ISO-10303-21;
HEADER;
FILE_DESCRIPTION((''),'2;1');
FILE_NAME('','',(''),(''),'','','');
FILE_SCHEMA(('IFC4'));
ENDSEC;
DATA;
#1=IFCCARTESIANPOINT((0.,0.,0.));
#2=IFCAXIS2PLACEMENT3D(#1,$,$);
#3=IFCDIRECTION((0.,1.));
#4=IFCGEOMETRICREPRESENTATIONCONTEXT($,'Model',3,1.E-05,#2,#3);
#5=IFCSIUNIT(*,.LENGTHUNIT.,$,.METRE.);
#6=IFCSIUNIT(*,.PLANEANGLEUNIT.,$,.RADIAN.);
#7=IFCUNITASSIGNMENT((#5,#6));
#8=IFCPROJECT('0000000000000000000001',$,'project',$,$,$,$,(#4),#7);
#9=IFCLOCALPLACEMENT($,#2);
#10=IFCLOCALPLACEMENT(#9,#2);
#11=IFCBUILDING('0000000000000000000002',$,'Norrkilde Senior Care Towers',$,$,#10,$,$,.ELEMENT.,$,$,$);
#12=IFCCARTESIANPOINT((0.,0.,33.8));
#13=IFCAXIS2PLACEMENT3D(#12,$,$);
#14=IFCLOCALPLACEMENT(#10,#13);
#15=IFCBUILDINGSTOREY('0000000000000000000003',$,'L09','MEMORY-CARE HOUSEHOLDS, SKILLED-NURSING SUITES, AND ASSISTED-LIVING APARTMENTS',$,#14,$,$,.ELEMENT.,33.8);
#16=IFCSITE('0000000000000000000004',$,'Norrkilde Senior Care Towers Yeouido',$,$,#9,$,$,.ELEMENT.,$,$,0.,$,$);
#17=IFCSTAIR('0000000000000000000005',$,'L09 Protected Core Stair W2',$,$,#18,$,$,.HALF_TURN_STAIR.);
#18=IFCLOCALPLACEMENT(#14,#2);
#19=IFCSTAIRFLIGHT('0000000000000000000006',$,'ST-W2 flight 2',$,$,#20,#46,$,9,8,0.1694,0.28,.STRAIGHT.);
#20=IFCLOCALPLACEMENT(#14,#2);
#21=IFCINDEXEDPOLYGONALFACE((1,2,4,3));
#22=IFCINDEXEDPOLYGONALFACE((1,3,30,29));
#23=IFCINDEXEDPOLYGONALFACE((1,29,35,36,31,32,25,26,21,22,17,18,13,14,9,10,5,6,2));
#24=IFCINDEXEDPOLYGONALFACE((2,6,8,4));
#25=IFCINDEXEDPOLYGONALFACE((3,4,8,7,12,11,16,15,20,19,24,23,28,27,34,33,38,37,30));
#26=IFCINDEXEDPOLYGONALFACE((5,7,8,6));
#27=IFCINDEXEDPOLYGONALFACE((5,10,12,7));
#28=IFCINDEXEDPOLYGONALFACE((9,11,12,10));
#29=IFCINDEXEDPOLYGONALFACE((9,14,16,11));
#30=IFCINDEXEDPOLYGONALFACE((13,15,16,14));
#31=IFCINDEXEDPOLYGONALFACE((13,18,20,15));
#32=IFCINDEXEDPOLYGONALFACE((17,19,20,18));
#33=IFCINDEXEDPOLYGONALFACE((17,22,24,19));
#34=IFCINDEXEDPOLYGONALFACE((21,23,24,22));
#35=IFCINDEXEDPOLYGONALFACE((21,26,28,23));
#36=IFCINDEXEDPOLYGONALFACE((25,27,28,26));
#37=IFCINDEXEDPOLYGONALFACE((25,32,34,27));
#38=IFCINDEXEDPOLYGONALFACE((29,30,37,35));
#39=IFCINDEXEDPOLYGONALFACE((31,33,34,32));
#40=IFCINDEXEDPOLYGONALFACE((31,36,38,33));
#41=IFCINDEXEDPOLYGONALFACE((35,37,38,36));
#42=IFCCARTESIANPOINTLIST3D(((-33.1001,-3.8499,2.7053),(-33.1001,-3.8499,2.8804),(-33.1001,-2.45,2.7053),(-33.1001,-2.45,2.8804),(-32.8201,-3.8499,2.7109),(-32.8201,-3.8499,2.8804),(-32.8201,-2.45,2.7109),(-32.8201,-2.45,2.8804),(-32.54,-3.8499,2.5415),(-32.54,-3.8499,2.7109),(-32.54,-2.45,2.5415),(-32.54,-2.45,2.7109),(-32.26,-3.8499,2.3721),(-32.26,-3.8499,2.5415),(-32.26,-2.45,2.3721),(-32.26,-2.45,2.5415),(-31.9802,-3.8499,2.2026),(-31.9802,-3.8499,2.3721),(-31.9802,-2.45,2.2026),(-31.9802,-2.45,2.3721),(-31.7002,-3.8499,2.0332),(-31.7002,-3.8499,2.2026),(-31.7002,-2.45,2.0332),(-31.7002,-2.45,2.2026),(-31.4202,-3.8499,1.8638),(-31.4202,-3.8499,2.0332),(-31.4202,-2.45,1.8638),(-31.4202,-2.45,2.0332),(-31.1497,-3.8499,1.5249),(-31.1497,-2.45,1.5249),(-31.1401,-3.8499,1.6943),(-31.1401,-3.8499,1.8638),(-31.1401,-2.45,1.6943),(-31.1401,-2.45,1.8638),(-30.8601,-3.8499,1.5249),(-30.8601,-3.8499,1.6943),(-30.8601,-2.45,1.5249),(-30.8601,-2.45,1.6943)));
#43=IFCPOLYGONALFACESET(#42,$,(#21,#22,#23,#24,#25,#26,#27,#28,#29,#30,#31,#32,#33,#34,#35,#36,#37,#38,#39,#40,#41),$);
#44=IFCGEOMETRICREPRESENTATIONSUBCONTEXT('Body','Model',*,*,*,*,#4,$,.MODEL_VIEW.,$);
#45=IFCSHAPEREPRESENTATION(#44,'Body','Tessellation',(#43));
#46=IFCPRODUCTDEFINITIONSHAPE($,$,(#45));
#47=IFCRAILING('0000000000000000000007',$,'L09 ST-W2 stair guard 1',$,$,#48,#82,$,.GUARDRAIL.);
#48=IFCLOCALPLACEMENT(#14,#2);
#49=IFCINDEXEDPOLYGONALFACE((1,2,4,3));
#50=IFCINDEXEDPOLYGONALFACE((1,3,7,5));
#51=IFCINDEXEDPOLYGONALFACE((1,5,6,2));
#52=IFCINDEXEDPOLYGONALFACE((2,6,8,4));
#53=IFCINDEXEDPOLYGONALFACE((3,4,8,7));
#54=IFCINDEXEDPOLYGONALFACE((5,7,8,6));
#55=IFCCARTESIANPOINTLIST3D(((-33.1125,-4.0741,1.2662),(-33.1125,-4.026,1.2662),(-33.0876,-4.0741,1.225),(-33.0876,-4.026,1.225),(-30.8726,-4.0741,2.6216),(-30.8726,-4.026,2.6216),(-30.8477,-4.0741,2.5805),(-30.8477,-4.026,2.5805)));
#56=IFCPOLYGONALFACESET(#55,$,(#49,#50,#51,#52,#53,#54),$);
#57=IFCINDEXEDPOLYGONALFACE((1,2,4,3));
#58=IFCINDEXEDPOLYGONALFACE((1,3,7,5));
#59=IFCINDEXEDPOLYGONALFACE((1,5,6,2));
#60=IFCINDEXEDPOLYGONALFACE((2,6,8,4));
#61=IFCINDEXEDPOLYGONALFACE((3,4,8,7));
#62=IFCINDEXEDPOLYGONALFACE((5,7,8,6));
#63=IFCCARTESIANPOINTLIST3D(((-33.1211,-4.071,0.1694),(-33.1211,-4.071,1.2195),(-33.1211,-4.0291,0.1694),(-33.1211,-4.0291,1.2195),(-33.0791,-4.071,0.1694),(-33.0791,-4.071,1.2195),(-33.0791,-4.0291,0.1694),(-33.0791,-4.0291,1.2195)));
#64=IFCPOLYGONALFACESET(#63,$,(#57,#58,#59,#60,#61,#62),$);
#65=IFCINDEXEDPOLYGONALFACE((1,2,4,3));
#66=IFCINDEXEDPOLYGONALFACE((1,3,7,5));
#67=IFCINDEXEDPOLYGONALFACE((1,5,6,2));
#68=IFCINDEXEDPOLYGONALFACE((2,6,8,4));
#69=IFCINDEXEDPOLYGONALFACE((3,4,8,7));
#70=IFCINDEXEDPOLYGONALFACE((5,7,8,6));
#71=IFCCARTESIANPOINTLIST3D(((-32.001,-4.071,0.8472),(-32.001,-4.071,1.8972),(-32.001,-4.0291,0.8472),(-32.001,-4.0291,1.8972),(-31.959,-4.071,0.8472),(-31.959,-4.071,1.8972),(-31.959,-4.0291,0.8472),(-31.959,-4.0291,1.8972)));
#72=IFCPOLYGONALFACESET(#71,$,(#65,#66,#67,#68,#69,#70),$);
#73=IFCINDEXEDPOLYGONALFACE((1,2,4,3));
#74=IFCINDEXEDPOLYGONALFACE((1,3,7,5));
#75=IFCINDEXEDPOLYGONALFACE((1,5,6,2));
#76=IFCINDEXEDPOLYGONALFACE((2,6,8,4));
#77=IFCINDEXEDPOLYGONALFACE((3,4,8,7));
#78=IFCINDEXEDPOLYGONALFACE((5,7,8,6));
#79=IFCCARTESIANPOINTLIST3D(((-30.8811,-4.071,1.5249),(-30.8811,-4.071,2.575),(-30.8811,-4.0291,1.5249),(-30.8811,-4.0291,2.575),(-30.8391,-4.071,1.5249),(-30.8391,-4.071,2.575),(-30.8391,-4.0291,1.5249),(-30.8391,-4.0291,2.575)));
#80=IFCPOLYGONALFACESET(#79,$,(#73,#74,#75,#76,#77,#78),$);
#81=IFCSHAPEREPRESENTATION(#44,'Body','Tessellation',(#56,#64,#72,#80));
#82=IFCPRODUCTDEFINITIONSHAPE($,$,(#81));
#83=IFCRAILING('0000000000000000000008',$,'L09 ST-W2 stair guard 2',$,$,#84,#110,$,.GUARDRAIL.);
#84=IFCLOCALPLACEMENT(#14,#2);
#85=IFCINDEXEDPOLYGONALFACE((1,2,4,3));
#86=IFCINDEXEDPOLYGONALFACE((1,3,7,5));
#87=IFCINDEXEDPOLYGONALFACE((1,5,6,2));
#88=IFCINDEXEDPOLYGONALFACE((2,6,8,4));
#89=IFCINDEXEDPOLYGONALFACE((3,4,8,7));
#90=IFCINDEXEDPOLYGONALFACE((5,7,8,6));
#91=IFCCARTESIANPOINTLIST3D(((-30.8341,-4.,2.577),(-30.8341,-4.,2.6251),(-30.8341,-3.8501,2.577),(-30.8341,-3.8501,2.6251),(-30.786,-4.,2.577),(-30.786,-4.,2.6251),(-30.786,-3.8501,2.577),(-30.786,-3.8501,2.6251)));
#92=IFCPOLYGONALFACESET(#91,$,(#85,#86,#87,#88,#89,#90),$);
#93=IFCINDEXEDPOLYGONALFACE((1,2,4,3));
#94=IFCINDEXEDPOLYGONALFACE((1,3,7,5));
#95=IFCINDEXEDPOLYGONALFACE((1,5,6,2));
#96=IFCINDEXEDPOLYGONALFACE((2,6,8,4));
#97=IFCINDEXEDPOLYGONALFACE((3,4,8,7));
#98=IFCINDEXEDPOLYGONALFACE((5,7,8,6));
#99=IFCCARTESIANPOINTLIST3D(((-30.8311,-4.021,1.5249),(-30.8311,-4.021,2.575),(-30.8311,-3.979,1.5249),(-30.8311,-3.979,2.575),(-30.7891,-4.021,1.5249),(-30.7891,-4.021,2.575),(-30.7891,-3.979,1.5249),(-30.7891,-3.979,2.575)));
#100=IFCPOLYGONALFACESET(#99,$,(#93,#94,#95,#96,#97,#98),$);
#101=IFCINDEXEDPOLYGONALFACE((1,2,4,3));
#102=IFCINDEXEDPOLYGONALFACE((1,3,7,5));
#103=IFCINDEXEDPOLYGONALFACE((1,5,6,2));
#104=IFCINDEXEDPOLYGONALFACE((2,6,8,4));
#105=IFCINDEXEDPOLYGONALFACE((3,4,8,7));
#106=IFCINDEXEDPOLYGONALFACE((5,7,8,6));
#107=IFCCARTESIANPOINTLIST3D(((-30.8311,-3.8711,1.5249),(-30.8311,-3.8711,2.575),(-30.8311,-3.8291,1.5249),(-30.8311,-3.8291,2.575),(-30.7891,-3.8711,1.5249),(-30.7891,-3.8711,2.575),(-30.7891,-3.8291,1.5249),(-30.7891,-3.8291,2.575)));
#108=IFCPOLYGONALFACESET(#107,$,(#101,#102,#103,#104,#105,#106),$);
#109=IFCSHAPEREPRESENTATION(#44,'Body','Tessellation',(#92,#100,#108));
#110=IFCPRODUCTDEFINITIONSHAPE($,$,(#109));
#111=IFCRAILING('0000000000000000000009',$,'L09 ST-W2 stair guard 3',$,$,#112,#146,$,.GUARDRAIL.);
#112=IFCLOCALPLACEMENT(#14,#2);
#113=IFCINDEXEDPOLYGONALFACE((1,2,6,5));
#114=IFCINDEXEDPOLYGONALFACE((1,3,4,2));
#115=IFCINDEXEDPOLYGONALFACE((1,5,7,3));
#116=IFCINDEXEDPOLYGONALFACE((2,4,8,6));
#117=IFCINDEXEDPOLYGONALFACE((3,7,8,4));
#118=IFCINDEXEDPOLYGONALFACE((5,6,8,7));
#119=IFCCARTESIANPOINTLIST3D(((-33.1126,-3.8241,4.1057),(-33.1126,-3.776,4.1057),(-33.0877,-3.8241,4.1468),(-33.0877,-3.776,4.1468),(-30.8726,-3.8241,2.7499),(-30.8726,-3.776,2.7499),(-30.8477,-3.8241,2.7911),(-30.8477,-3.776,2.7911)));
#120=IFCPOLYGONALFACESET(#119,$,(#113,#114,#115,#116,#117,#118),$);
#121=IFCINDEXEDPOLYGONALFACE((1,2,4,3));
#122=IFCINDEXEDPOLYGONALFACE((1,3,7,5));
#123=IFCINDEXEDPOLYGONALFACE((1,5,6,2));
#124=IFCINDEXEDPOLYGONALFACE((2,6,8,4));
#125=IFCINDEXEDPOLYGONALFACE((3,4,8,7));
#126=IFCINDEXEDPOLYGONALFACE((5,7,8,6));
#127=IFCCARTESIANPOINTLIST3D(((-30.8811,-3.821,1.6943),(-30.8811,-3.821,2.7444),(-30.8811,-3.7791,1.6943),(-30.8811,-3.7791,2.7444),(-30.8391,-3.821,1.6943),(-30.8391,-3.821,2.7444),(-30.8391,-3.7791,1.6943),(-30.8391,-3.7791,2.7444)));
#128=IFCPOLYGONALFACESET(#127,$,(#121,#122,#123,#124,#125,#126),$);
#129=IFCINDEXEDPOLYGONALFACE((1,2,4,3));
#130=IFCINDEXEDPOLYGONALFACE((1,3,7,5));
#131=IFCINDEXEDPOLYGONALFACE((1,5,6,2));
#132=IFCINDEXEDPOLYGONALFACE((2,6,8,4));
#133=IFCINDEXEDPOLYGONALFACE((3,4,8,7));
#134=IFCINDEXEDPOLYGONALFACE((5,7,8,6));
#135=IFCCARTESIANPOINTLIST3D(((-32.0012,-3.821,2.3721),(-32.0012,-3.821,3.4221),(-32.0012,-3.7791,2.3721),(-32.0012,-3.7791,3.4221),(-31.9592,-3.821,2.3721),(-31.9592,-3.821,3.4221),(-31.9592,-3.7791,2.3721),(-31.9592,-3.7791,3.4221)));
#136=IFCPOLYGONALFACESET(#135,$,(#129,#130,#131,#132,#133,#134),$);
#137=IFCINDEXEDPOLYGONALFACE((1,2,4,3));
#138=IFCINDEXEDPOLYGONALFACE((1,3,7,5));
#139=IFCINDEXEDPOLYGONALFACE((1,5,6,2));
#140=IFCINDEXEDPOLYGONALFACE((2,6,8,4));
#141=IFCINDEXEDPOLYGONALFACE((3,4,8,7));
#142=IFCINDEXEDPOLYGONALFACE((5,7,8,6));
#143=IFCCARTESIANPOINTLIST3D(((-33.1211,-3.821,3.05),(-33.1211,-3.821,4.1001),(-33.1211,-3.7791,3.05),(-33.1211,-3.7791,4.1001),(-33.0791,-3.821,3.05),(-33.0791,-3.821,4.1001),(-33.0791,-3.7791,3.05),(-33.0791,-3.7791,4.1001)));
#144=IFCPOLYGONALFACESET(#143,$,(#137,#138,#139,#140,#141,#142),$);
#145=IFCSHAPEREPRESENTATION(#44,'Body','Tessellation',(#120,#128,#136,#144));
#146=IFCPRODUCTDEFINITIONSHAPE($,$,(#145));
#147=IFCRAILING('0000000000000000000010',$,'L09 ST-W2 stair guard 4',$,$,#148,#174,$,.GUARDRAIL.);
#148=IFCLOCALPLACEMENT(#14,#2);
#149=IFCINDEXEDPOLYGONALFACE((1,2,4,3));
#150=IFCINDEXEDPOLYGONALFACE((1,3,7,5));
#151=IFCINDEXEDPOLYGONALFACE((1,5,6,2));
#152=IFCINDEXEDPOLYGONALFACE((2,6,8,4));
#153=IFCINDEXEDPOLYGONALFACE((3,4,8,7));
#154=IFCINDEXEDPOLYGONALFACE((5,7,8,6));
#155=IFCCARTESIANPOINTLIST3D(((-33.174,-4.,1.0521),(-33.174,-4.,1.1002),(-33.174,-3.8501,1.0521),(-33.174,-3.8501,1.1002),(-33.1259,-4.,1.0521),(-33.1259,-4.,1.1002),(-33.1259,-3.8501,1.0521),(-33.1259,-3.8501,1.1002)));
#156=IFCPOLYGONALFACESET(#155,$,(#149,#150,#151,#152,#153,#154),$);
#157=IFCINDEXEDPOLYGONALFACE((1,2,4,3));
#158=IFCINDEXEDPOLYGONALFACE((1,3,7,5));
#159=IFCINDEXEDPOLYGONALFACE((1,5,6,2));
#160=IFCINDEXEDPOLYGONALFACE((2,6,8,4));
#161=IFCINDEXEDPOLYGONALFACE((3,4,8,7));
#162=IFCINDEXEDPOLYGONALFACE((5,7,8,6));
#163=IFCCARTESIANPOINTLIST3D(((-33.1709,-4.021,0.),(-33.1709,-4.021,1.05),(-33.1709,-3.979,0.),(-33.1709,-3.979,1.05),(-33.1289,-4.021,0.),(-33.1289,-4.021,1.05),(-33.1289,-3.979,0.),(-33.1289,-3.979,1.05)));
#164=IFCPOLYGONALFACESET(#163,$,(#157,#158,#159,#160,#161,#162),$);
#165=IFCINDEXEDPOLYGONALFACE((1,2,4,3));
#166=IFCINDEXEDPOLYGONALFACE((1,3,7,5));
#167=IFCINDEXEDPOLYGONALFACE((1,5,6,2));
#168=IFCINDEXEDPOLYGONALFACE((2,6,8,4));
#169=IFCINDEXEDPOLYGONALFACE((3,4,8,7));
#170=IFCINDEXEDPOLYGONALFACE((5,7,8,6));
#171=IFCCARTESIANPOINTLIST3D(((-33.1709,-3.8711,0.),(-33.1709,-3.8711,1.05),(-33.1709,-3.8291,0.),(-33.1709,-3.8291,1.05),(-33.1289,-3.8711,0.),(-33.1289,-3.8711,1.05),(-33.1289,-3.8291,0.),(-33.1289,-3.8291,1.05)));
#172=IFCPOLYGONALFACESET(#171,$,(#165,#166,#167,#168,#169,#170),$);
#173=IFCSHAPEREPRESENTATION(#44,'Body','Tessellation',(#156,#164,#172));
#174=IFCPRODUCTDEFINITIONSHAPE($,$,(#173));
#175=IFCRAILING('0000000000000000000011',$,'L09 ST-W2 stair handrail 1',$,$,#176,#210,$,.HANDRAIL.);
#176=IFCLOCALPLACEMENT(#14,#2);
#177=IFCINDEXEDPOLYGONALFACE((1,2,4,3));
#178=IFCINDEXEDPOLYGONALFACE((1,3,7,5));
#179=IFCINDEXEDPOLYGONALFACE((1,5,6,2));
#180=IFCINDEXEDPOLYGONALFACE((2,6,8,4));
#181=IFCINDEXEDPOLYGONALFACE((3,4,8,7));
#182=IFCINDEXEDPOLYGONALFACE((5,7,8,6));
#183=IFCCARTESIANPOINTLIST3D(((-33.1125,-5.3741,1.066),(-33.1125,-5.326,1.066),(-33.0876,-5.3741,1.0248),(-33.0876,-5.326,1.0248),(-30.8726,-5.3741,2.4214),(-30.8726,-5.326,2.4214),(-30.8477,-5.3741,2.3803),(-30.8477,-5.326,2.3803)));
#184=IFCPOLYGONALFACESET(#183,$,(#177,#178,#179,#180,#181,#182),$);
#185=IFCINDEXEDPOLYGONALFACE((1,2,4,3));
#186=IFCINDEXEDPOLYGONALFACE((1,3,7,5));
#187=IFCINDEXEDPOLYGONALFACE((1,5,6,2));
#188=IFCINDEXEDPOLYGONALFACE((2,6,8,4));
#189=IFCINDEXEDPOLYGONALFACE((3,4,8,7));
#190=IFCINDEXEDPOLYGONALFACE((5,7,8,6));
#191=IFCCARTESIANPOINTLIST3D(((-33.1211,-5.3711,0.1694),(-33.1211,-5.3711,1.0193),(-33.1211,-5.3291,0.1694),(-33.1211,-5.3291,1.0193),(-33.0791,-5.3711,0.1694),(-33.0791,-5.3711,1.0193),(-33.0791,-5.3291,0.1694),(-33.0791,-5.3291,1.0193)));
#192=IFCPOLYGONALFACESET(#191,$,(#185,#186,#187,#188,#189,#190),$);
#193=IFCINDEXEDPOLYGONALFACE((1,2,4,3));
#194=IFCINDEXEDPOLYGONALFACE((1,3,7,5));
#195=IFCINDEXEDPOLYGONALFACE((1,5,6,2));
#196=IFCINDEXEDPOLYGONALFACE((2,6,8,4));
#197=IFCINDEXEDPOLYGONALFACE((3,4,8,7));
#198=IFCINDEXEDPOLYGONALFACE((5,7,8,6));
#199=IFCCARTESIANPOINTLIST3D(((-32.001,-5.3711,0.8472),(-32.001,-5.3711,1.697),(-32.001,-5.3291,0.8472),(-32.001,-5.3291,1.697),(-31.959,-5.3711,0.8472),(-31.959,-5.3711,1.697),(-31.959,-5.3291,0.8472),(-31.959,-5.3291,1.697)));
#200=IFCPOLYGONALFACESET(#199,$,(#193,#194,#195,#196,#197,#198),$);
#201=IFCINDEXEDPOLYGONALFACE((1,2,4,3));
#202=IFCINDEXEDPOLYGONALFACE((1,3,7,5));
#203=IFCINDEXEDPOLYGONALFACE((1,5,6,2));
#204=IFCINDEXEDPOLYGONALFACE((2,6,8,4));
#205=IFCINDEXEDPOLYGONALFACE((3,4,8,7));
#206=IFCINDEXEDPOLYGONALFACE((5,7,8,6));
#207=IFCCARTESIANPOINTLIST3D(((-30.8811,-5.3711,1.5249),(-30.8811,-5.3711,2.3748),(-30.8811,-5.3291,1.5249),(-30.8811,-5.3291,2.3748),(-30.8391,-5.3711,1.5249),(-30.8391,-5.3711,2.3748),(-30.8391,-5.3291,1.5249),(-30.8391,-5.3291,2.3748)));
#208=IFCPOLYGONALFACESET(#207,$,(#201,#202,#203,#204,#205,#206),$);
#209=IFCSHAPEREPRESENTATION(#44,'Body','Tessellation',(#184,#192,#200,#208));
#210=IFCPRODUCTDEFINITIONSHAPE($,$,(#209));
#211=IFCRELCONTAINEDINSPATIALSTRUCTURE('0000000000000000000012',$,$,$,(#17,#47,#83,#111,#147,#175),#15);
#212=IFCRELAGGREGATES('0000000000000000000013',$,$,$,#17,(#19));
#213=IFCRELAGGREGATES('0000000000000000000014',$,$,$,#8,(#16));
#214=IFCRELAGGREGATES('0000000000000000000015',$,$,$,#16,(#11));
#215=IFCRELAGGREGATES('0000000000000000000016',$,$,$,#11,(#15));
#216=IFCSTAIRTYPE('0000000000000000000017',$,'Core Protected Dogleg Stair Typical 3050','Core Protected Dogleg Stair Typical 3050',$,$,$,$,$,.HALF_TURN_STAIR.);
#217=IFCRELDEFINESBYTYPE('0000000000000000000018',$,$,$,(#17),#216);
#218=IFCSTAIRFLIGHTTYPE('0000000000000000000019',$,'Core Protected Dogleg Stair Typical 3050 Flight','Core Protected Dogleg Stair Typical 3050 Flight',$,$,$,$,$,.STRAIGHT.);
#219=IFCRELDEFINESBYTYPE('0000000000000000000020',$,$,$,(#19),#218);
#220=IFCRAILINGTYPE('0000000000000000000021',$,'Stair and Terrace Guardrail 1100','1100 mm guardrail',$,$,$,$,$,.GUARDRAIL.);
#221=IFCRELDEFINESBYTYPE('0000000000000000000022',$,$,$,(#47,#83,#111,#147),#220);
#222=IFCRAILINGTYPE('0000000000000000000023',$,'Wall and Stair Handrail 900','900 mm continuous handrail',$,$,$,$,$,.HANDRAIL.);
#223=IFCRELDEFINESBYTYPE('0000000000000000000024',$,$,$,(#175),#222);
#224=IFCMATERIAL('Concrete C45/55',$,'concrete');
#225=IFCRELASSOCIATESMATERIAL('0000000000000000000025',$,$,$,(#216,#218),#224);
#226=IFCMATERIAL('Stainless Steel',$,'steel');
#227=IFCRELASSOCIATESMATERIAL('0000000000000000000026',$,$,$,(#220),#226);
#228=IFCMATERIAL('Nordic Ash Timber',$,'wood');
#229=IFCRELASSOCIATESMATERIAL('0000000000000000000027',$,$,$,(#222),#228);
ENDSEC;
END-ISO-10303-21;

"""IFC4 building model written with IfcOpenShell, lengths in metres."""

from ifc_helpers import new_model, si_unit, direction, frame, origin, origin_2d, place, context, subcontext, project, spatial, polyline, rectangle, outline, extrude, material, type_object, element, aggregate, save


model = new_model("IFC4")

# Units and contexts
model_context = context("Model", 3, precision=1e-05, world=origin(), true_north=direction((0.0, 1.0)))
body_context = subcontext(model_context, "Body", "Model", "MODEL_VIEW")
ifc_project = project(units=[si_unit("LENGTHUNIT", "METRE"), si_unit("PLANEANGLEUNIT", "RADIAN")], contexts=[model_context])

# Site, building, storey
site_placement = place(None, origin())
site = spatial("IfcSite", under=ifc_project, at=site_placement, Name="Norrkilde Senior Care Towers Yeouido", CompositionType="ELEMENT", RefElevation=0.0)
building_placement = place(site_placement, origin())
building = spatial("IfcBuilding", under=site, at=building_placement, Name="Norrkilde Senior Care Towers", CompositionType="ELEMENT")
storey_placement = place(building_placement, frame((0.0, 0.0, 33.8)))
storey = spatial("IfcBuildingStorey", under=building, at=storey_placement, Name="L09", Description="MEMORY-CARE HOUSEHOLDS, SKILLED-NURSING SUITES, AND ASSISTED-LIVING APARTMENTS", CompositionType="ELEMENT", Elevation=33.8)

# Shared definitions
ifc_material_1 = material(Name="Concrete C45/55", Category="concrete")

# Stair, stair flight
stair_type = type_object("IfcStairType", Name="Core Protected Dogleg Stair Typical 3050", Description="Core Protected Dogleg Stair Typical 3050", PredefinedType="HALF_TURN_STAIR", material=ifc_material_1)
stair_placement = place(storey_placement, origin())
stair = element("IfcStair", 1, at=stair_placement, inside=storey, type_object=stair_type, Name="L09 Protected Core Stair W2", PredefinedType="HALF_TURN_STAIR")
stair_flight_type = type_object("IfcStairFlightType", Name="Core Protected Dogleg Stair Typical 3050 Flight", Description="Core Protected Dogleg Stair Typical 3050 Flight", PredefinedType="STRAIGHT", material=ifc_material_1)
stair_flight_1_placement = place(storey_placement, frame((-30.8601, -3.1499, 1.5249), z_axis=(0.0, 0.0, 1.0), x_axis=(-1.0, 0.0, 0.0)))
stair_flight_1 = element("IfcStairFlight", 2, at=stair_flight_1_placement, type_object=stair_flight_type, Name="ST-W2 flight 2", NumberOfRisers=9, NumberOfTreads=8, PredefinedType="STRAIGHT", RiserHeight=0.1694, TreadLength=0.28, context=body_context, shape_type="SweptSolid", body=[
    extrude(outline(polyline([(0.0, 0.0), (0.0, 0.1694), (0.28, 0.1694), (0.28, 0.3389), (0.5601, 0.3389), (0.5601, 0.5083), (0.8401, 0.5083), (0.8401, 0.6777), (1.1201, 0.6777), (1.1201, 0.8472), (1.3999, 0.8472), (1.3999, 1.0166), (1.6799, 1.0166), (1.6799, 1.186), (1.96, 1.186), (1.96, 1.3555), (2.24, 1.3555), (2.24, 1.5249), (2.24, 1.1804), (0.2896, 0.0), (0.0, 0.0)])), frame((0.0, 0.7, 0.0), z_axis=(0.0, -1.0, 0.0), x_axis=(1.0, 0.0, 0.0)), (0.0, 0.0, 1.0), 1.3999),
])
aggregate(stair, [stair_flight_1])

# Railings
ifc_material_2 = material(Name="Stainless Steel", Category="steel")
railing_type_1 = type_object("IfcRailingType", Name="Stair and Terrace Guardrail 1100", Description="1100 mm guardrail", PredefinedType="GUARDRAIL", material=ifc_material_2)
railing_1_placement = place(storey_placement, frame((-33.1001, -4.05, 0.1694)))
element("IfcRailing", 3, at=railing_1_placement, inside=storey, type_object=railing_type_1, Name="L09 ST-W2 stair guard 1", PredefinedType="GUARDRAIL", context=body_context, shape_type="SweptSolid", body=[
    extrude(rectangle(XDim=0.0481, YDim=0.0481, at=origin_2d()), frame((0.0, 0.0, 1.0762), z_axis=(0.855553, 0.0, 0.517715), x_axis=(0.0, 1.0, 0.0)), (0.0, 0.0, 1.0), 2.6182),
    extrude(rectangle(XDim=0.042, YDim=0.042, at=origin_2d()), origin(), (0.0, 0.0, 1.0), 1.05),
    extrude(rectangle(XDim=0.042, YDim=0.042, at=origin_2d()), frame((1.1201, 0.0, 0.6777)), (0.0, 0.0, 1.0), 1.05),
    extrude(rectangle(XDim=0.042, YDim=0.042, at=origin_2d()), frame((2.24, 0.0, 1.3555)), (0.0, 0.0, 1.0), 1.05),
])
railing_2_placement = place(storey_placement, frame((-30.8101, -4.0, 1.5249)))
element("IfcRailing", 4, at=railing_2_placement, inside=storey, type_object=railing_type_1, Name="L09 ST-W2 stair guard 2", PredefinedType="GUARDRAIL", context=body_context, shape_type="SweptSolid", body=[
    extrude(rectangle(XDim=0.0481, YDim=0.0481, at=origin_2d()), frame((0.0, 0.0, 1.0762), z_axis=(0.0, 1.0, 0.0), x_axis=(-1.0, 0.0, 0.0)), (0.0, 0.0, 1.0), 0.1499),
    extrude(rectangle(XDim=0.042, YDim=0.042, at=origin_2d()), origin(), (0.0, 0.0, 1.0), 1.05),
    extrude(rectangle(XDim=0.042, YDim=0.042, at=origin_2d()), frame((0.0, 0.1499, 0.0)), (0.0, 0.0, 1.0), 1.05),
])
railing_3_placement = place(storey_placement, frame((-30.8601, -3.8, 1.6943)))
element("IfcRailing", 5, at=railing_3_placement, inside=storey, type_object=railing_type_1, Name="L09 ST-W2 stair guard 3", PredefinedType="GUARDRAIL", context=body_context, shape_type="SweptSolid", body=[
    extrude(rectangle(XDim=0.0481, YDim=0.0481, at=origin_2d()), frame((0.0, 0.0, 1.0762), z_axis=(-0.855512, 0.0, 0.517783), x_axis=(0.0, -1.0, 0.0)), (0.0, 0.0, 1.0), 2.6184),
    extrude(rectangle(XDim=0.042, YDim=0.042, at=origin_2d()), origin(), (0.0, 0.0, 1.0), 1.05),
    extrude(rectangle(XDim=0.042, YDim=0.042, at=origin_2d()), frame((-1.1201, 0.0, 0.6777)), (0.0, 0.0, 1.0), 1.05),
    extrude(rectangle(XDim=0.042, YDim=0.042, at=origin_2d()), frame((-2.24, 0.0, 1.3557)), (0.0, 0.0, 1.0), 1.05),
])
railing_4_placement = place(storey_placement, frame((-33.1499, -4.0, 0.0)))
element("IfcRailing", 6, at=railing_4_placement, inside=storey, type_object=railing_type_1, Name="L09 ST-W2 stair guard 4", PredefinedType="GUARDRAIL", context=body_context, shape_type="SweptSolid", body=[
    extrude(rectangle(XDim=0.0481, YDim=0.0481, at=origin_2d()), frame((0.0, 0.0, 1.0762), z_axis=(0.0, 1.0, 0.0), x_axis=(-1.0, 0.0, 0.0)), (0.0, 0.0, 1.0), 0.1499),
    extrude(rectangle(XDim=0.042, YDim=0.042, at=origin_2d()), origin(), (0.0, 0.0, 1.0), 1.05),
    extrude(rectangle(XDim=0.042, YDim=0.042, at=origin_2d()), frame((0.0, 0.1499, 0.0)), (0.0, 0.0, 1.0), 1.05),
])
ifc_material_3 = material(Name="Nordic Ash Timber", Category="wood")
railing_type_2 = type_object("IfcRailingType", Name="Wall and Stair Handrail 900", Description="900 mm continuous handrail", PredefinedType="HANDRAIL", material=ifc_material_3)
railing_5_placement = place(storey_placement, frame((-33.1001, -5.3501, 0.1694)))
element("IfcRailing", 7, at=railing_5_placement, inside=storey, type_object=railing_type_2, Name="L09 ST-W2 stair handrail 1", PredefinedType="HANDRAIL", context=body_context, shape_type="SweptSolid", body=[
    extrude(rectangle(XDim=0.0481, YDim=0.0481, at=origin_2d()), frame((0.0, 0.0, 0.876), z_axis=(0.855553, 0.0, 0.517715), x_axis=(0.0, 1.0, 0.0)), (0.0, 0.0, 1.0), 2.6182),
    extrude(rectangle(XDim=0.042, YDim=0.042, at=origin_2d()), origin(), (0.0, 0.0, 1.0), 0.8499),
    extrude(rectangle(XDim=0.042, YDim=0.042, at=origin_2d()), frame((1.1201, 0.0, 0.6777)), (0.0, 0.0, 1.0), 0.8499),
    extrude(rectangle(XDim=0.042, YDim=0.042, at=origin_2d()), frame((2.24, 0.0, 1.3555)), (0.0, 0.0, 1.0), 0.8499),
])

save(model, "model.ifc")
